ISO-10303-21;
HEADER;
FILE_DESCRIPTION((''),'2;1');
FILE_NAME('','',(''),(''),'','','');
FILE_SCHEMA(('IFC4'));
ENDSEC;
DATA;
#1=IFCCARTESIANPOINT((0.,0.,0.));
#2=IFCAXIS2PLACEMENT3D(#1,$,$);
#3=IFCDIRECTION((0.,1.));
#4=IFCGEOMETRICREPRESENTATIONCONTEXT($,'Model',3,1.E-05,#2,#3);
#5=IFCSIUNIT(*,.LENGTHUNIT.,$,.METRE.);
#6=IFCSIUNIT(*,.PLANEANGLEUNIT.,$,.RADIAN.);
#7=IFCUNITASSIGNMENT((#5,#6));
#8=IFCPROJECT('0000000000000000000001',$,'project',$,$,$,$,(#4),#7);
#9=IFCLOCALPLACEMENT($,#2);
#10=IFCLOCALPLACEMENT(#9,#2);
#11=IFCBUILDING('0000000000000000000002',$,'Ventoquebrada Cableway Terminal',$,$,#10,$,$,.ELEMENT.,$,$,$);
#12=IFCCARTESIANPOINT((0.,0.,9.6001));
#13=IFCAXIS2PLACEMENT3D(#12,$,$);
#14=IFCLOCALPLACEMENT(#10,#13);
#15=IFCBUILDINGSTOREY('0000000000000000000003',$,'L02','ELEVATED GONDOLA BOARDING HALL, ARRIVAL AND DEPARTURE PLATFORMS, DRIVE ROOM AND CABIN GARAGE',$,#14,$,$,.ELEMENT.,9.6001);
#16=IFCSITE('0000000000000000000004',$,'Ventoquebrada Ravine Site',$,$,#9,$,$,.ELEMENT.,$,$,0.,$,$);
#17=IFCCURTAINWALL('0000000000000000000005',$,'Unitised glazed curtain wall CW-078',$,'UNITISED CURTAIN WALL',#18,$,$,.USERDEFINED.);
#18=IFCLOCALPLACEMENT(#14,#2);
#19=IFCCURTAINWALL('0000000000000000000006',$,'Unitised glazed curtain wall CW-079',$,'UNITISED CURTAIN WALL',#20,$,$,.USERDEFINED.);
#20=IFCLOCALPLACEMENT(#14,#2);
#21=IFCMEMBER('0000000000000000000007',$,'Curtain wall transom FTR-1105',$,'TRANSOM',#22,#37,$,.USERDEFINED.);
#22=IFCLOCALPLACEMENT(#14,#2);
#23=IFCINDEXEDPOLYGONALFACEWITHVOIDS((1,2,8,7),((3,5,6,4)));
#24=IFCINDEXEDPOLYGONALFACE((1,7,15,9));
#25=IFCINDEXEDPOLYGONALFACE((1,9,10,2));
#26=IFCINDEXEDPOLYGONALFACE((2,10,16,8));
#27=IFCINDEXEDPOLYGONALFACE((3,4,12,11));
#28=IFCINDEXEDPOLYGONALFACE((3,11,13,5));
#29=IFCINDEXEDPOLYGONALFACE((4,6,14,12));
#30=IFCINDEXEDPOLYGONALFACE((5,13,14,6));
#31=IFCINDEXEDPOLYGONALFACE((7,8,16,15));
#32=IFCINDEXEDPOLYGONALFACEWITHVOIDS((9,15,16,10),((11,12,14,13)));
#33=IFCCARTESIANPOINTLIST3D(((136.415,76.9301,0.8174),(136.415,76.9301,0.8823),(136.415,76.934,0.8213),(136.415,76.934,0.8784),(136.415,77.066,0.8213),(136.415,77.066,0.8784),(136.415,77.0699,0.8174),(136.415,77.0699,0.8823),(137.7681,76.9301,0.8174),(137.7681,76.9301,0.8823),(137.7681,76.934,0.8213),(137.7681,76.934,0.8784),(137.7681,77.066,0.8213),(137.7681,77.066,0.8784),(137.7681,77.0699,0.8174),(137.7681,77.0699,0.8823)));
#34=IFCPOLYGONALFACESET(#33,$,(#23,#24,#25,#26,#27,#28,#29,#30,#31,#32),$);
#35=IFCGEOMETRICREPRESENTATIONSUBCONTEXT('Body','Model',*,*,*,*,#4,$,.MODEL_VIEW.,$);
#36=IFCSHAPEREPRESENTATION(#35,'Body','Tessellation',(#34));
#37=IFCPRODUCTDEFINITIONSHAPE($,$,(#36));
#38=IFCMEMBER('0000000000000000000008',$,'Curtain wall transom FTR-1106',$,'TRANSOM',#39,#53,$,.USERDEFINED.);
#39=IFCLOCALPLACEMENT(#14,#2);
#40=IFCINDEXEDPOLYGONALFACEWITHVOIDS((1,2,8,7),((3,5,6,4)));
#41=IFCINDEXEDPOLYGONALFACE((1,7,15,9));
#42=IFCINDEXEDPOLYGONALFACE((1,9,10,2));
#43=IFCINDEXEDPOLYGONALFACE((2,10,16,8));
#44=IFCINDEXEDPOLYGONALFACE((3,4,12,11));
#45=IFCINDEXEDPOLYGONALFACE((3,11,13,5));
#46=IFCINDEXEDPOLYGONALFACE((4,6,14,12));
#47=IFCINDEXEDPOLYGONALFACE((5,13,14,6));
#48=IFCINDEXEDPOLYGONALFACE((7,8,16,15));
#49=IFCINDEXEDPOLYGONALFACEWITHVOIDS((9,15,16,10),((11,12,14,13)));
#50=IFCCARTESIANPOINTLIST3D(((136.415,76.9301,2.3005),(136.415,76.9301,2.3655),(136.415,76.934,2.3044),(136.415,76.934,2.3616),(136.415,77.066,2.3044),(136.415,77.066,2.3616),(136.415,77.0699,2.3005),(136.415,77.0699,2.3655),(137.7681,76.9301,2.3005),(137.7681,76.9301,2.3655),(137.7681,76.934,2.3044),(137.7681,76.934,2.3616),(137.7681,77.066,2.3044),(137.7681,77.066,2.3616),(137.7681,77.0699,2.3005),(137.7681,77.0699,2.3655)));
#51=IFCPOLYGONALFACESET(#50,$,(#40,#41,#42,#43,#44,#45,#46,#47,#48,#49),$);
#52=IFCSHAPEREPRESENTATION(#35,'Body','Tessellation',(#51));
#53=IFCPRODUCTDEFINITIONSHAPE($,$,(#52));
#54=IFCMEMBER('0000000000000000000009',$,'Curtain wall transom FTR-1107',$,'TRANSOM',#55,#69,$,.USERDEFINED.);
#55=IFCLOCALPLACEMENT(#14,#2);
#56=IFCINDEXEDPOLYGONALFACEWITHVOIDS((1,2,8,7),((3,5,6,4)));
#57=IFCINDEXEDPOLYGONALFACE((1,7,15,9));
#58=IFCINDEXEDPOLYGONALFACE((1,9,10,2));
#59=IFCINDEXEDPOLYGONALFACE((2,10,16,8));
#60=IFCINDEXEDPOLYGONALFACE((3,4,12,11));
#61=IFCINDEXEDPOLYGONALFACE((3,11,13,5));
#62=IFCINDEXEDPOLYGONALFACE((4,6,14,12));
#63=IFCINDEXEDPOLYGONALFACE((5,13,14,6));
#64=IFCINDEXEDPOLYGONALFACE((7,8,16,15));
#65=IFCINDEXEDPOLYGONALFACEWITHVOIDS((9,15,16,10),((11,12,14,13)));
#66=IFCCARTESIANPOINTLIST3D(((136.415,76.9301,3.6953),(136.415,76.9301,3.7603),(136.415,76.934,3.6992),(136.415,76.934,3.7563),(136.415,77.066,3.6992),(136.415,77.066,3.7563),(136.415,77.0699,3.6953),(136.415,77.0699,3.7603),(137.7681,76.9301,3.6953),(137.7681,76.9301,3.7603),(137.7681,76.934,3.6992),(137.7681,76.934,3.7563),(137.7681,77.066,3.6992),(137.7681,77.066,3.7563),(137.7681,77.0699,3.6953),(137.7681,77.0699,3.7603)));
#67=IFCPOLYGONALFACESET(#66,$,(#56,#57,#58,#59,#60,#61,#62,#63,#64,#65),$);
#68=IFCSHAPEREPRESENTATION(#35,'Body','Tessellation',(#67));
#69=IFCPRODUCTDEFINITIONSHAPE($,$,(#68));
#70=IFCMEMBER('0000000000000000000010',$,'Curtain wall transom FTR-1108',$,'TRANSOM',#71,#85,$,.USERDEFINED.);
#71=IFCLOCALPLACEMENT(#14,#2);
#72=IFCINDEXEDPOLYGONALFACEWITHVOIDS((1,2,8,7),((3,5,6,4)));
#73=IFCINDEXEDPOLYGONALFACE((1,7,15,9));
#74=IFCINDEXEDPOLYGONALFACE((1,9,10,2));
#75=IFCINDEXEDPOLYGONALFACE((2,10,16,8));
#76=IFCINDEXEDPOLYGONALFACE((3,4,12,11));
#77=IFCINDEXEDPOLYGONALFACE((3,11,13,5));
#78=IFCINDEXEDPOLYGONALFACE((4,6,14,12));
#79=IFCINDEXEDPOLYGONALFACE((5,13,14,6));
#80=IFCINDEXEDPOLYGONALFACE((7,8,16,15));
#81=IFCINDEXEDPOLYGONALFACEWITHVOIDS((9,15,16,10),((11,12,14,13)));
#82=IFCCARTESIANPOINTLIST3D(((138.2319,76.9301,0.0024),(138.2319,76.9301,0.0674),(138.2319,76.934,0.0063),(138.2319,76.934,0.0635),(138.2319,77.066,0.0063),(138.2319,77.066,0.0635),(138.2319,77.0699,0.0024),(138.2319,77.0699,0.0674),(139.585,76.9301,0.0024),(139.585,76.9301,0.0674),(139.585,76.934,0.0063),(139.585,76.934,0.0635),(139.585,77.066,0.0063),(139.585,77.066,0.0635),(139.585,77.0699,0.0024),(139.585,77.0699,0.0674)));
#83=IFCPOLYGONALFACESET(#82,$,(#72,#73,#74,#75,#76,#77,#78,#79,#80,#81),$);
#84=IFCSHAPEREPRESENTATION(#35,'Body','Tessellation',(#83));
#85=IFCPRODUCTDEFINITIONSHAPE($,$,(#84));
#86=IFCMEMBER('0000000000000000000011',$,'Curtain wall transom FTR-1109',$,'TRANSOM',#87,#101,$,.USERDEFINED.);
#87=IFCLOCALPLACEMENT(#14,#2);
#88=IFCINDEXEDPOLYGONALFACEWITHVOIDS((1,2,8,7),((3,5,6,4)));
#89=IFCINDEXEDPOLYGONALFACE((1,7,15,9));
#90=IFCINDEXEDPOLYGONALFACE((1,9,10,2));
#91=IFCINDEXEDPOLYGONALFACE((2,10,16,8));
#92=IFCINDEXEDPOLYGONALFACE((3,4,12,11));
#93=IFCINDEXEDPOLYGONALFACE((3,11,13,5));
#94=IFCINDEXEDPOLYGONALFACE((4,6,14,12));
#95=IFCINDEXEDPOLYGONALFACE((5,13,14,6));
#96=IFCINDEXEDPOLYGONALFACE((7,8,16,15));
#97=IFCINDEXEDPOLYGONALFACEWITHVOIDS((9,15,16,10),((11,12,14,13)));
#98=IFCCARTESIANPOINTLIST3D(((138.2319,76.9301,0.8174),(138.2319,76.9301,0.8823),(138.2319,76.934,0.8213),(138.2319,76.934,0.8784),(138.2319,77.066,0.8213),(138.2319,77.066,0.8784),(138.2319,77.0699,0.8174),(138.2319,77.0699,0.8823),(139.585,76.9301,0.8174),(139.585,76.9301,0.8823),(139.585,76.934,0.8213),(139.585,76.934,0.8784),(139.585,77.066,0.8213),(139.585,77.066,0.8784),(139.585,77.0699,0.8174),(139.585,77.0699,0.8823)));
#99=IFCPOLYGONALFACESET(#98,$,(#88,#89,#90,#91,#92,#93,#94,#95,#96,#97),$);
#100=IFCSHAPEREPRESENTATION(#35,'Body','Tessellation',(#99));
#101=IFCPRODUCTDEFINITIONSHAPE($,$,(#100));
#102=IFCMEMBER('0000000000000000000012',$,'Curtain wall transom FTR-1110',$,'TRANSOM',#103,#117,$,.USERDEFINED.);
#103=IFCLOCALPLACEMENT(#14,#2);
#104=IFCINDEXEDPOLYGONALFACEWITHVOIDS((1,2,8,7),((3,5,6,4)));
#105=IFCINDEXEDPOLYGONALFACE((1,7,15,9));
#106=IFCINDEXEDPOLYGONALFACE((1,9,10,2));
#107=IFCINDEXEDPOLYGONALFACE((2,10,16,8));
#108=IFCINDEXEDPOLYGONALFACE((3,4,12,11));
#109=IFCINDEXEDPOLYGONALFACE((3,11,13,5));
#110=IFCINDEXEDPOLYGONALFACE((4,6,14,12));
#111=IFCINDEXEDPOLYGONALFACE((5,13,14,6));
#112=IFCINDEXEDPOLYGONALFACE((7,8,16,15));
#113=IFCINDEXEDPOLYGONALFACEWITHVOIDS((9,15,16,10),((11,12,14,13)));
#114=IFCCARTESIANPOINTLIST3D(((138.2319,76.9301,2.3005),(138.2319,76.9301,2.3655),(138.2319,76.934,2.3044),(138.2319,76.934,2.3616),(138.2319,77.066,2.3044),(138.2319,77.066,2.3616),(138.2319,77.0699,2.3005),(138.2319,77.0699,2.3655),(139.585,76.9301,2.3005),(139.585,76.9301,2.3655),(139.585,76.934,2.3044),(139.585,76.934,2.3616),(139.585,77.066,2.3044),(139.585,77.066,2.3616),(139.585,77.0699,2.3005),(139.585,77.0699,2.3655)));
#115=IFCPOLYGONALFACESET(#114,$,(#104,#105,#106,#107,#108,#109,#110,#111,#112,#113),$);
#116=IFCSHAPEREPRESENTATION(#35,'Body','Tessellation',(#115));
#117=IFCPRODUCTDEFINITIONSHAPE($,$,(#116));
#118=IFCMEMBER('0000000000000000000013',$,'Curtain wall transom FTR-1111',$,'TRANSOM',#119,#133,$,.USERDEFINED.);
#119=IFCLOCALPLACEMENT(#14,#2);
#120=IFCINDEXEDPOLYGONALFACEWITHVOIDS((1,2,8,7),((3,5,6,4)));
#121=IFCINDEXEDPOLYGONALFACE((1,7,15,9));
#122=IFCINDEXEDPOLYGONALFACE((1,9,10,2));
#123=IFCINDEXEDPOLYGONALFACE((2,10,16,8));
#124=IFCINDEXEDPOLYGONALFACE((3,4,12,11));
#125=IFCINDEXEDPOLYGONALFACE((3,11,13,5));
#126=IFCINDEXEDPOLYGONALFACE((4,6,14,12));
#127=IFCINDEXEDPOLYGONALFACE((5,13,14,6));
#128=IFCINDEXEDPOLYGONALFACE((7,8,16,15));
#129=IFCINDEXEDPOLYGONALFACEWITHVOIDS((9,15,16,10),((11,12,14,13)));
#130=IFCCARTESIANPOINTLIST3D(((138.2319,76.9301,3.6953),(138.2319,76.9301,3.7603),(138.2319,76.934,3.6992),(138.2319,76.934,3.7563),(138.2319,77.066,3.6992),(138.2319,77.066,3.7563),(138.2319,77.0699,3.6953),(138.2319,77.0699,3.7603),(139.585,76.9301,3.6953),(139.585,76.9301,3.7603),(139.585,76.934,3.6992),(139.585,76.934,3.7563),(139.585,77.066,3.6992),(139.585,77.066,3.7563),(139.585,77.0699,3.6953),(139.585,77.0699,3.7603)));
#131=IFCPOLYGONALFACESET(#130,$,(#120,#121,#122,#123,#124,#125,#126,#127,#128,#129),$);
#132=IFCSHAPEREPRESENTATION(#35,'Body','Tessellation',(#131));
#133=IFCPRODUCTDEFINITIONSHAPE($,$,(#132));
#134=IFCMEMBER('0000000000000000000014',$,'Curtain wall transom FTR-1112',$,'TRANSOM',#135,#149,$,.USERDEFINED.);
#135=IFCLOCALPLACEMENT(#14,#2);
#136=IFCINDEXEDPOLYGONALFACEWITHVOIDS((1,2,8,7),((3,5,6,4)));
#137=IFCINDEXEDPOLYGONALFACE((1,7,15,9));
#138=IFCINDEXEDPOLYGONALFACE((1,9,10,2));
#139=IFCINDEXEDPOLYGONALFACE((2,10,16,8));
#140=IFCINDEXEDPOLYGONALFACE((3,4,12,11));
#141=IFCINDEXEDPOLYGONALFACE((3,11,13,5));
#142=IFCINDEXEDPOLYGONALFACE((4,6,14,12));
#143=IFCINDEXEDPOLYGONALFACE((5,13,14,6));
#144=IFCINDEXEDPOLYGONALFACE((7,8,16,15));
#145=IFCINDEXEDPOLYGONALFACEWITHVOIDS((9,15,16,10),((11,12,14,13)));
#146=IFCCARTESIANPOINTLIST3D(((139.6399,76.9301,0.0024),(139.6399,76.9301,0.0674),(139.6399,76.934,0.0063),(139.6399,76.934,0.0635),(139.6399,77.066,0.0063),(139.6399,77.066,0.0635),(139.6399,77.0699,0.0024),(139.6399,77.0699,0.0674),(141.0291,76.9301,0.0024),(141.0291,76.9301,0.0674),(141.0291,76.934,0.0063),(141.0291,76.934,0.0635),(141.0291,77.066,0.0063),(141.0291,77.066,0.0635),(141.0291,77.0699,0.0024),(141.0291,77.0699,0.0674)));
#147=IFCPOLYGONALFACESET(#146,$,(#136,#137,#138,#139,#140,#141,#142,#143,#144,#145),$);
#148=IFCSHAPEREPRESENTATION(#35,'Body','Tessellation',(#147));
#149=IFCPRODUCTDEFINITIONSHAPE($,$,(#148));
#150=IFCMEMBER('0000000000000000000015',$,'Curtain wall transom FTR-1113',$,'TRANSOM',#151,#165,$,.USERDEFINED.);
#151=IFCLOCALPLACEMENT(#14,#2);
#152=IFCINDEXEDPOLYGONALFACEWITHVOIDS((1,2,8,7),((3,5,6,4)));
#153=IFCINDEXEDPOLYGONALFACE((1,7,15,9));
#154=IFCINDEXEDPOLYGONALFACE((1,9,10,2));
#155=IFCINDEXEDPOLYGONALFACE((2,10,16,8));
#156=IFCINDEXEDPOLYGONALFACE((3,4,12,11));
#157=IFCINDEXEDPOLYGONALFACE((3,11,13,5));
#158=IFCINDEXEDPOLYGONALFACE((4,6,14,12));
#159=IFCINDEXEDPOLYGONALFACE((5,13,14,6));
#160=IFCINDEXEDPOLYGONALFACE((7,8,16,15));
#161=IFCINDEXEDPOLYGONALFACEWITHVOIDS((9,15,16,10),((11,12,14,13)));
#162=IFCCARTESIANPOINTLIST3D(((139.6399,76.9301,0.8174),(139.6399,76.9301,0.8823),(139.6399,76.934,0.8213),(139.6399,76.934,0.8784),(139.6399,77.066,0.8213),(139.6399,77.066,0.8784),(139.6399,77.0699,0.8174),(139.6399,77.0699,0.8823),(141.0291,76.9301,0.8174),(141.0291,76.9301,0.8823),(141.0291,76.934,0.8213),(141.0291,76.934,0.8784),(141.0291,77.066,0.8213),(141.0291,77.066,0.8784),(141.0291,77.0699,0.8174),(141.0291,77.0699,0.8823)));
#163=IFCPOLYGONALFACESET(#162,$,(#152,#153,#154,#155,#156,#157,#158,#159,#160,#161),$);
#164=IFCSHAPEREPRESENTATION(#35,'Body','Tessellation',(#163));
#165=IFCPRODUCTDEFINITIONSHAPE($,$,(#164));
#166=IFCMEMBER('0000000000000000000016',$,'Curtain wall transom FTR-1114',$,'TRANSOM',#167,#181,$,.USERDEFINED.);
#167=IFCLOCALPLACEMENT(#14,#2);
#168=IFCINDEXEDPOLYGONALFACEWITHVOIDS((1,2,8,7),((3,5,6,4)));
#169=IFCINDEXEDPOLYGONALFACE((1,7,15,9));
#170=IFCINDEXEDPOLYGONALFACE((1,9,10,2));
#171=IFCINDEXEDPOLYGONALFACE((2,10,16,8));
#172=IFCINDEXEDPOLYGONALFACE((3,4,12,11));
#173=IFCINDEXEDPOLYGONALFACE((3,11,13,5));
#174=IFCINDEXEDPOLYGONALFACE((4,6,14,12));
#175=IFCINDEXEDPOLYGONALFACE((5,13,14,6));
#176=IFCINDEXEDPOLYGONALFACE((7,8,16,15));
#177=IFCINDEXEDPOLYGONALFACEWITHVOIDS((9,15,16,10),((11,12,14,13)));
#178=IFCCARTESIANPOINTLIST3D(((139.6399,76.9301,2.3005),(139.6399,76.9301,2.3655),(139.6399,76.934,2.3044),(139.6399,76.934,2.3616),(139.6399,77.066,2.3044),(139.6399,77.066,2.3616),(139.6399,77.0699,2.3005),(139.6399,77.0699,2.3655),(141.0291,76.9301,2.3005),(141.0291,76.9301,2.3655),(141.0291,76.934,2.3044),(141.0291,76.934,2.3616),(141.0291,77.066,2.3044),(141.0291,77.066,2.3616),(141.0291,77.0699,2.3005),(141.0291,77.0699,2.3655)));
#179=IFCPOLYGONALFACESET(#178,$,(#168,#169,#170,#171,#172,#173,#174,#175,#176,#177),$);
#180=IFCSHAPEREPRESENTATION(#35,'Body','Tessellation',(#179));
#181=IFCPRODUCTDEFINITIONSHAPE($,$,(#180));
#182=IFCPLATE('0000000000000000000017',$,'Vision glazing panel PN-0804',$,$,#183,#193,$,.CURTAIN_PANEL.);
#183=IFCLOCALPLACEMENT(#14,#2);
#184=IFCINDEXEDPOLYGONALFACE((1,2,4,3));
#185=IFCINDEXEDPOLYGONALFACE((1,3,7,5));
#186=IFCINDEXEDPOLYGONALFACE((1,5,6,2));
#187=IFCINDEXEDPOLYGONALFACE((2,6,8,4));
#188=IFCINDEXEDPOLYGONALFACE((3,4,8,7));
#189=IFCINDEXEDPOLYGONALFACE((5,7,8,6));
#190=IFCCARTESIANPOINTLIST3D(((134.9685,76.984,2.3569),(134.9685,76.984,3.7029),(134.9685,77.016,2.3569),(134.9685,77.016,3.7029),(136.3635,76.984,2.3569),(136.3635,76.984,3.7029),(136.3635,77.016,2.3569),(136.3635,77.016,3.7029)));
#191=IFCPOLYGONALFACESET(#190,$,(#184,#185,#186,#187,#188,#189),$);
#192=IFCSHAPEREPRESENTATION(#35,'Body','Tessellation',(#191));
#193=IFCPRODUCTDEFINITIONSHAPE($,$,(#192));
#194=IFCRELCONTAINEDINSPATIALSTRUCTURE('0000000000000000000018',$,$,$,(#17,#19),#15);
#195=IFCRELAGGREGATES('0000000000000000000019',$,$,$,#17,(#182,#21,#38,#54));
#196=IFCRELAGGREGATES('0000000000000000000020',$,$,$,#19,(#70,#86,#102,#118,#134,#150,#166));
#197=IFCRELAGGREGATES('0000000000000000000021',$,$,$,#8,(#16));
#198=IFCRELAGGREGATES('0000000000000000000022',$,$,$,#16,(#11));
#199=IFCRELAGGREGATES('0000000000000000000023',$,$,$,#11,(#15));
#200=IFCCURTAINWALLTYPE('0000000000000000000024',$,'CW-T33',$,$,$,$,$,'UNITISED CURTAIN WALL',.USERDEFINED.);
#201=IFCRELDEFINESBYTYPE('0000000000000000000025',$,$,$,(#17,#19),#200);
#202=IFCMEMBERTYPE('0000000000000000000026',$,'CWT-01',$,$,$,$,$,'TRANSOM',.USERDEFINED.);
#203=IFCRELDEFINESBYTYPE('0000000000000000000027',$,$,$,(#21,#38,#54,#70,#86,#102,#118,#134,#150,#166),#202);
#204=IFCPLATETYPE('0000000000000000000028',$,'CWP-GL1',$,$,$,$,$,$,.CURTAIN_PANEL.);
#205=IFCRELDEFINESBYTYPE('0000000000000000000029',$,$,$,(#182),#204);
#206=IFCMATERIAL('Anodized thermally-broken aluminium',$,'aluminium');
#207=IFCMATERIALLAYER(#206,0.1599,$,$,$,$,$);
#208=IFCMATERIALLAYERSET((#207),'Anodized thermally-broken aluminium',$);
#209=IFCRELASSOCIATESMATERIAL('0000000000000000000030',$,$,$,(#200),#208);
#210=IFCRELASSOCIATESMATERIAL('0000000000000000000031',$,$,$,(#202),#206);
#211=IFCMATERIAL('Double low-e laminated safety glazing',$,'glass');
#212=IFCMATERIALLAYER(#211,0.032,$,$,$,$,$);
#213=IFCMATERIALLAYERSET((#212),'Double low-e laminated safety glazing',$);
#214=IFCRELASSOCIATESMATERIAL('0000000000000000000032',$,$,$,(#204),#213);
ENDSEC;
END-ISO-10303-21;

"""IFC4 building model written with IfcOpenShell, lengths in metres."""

from ifc_helpers import new_model, si_unit, direction, frame, origin, origin_2d, place, context, subcontext, project, spatial, rectangle, hollow_rectangle, extrude, material, layer, layer_set, material_profile, profile_set, type_object, element, aggregate, save


model = new_model("IFC4")

# Units and contexts
model_context = context("Model", 3, precision=1e-05, world=origin(), true_north=direction((0.0, 1.0)))
body_context = subcontext(model_context, "Body", "Model", "MODEL_VIEW")
ifc_project = project(units=[si_unit("LENGTHUNIT", "METRE"), si_unit("PLANEANGLEUNIT", "RADIAN")], contexts=[model_context])

# Site, building, storey
site_placement = place(None, origin())
site = spatial("IfcSite", under=ifc_project, at=site_placement, Name="Ventoquebrada Ravine Site", CompositionType="ELEMENT", RefElevation=0.0)
building_placement = place(site_placement, origin())
building = spatial("IfcBuilding", under=site, at=building_placement, Name="Ventoquebrada Cableway Terminal", CompositionType="ELEMENT")
storey_placement = place(building_placement, frame((0.0, 0.0, 9.6001)))
storey = spatial("IfcBuildingStorey", under=building, at=storey_placement, Name="L02", Description="ELEVATED GONDOLA BOARDING HALL, ARRIVAL AND DEPARTURE PLATFORMS, DRIVE ROOM AND CABIN GARAGE", CompositionType="ELEMENT", Elevation=9.6001)

# Curtain walls
ifc_material_1 = material(Name="Anodized thermally-broken aluminium", Category="aluminium")
ifc_layer_1 = layer(ifc_material_1, 0.1599)
ifc_layer_set_1 = layer_set([ifc_layer_1], Name="Anodized thermally-broken aluminium")
curtain_wall_type = type_object("IfcCurtainWallType", Name="CW-T33", ElementType="UNITISED CURTAIN WALL", PredefinedType="USERDEFINED", material=ifc_layer_set_1)
curtain_wall_1_placement = place(storey_placement, origin())
curtain_wall_1 = element("IfcCurtainWall", 1, at=curtain_wall_1_placement, inside=storey, type_object=curtain_wall_type, Name="Unitised glazed curtain wall CW-078", ObjectType="UNITISED CURTAIN WALL", PredefinedType="USERDEFINED")
curtain_wall_2_placement = place(storey_placement, origin())
curtain_wall_2 = element("IfcCurtainWall", 2, at=curtain_wall_2_placement, inside=storey, type_object=curtain_wall_type, Name="Unitised glazed curtain wall CW-079", ObjectType="UNITISED CURTAIN WALL", PredefinedType="USERDEFINED")

# Members
ifc_material_profile_1 = material_profile(ifc_material_1, hollow_rectangle(XDim=0.0649, YDim=0.1399, WallThickness=0.0039, at=origin_2d()), Name="CW-TRN-65X140")
ifc_profile_set_1 = profile_set([ifc_material_profile_1], Name="Anodized thermally-broken aluminium")
member_type_1 = type_object("IfcMemberType", Name="CWT-01", ElementType="TRANSOM", PredefinedType="USERDEFINED", material=ifc_profile_set_1)
member_1_placement = place(storey_placement, frame((136.415, 77.0, 0.8499), z_axis=(1.0, 0.0, 0.0), x_axis=(0.0, 0.0, 1.0)))
member_1 = element("IfcMember", 3, at=member_1_placement, type_object=member_type_1, Name="Curtain wall transom FTR-1105", ObjectType="TRANSOM", PredefinedType="USERDEFINED", context=body_context, shape_type="SweptSolid", body=[
    extrude(hollow_rectangle(XDim=0.0649, YDim=0.1399, WallThickness=0.0039, at=origin_2d()), origin(), (0.0, 0.0, 1.0), 1.353),
])
member_2_placement = place(storey_placement, frame((136.415, 77.0, 2.333), z_axis=(1.0, 0.0, 0.0), x_axis=(0.0, 0.0, 1.0)))
member_2 = element("IfcMember", 4, at=member_2_placement, type_object=member_type_1, Name="Curtain wall transom FTR-1106", ObjectType="TRANSOM", PredefinedType="USERDEFINED", context=body_context, shape_type="SweptSolid", body=[
    extrude(hollow_rectangle(XDim=0.0649, YDim=0.1399, WallThickness=0.0039, at=origin_2d()), origin(), (0.0, 0.0, 1.0), 1.353),
])
member_3_placement = place(storey_placement, frame((136.415, 77.0, 3.7278), z_axis=(1.0, 0.0, 0.0), x_axis=(0.0, 0.0, 1.0)))
member_3 = element("IfcMember", 5, at=member_3_placement, type_object=member_type_1, Name="Curtain wall transom FTR-1107", ObjectType="TRANSOM", PredefinedType="USERDEFINED", context=body_context, shape_type="SweptSolid", body=[
    extrude(hollow_rectangle(XDim=0.0649, YDim=0.1399, WallThickness=0.0039, at=origin_2d()), origin(), (0.0, 0.0, 1.0), 1.353),
])
member_4_placement = place(storey_placement, frame((138.2319, 77.0, 0.0349), z_axis=(1.0, 0.0, 0.0), x_axis=(0.0, 0.0, 1.0)))
member_4 = element("IfcMember", 6, at=member_4_placement, type_object=member_type_1, Name="Curtain wall transom FTR-1108", ObjectType="TRANSOM", PredefinedType="USERDEFINED", context=body_context, shape_type="SweptSolid", body=[
    extrude(hollow_rectangle(XDim=0.0649, YDim=0.1399, WallThickness=0.0039, at=origin_2d()), origin(), (0.0, 0.0, 1.0), 1.353),
])
member_5_placement = place(storey_placement, frame((138.2319, 77.0, 0.8499), z_axis=(1.0, 0.0, 0.0), x_axis=(0.0, 0.0, 1.0)))
member_5 = element("IfcMember", 7, at=member_5_placement, type_object=member_type_1, Name="Curtain wall transom FTR-1109", ObjectType="TRANSOM", PredefinedType="USERDEFINED", context=body_context, shape_type="SweptSolid", body=[
    extrude(hollow_rectangle(XDim=0.0649, YDim=0.1399, WallThickness=0.0039, at=origin_2d()), origin(), (0.0, 0.0, 1.0), 1.353),
])
member_6_placement = place(storey_placement, frame((138.2319, 77.0, 2.333), z_axis=(1.0, 0.0, 0.0), x_axis=(0.0, 0.0, 1.0)))
member_6 = element("IfcMember", 8, at=member_6_placement, type_object=member_type_1, Name="Curtain wall transom FTR-1110", ObjectType="TRANSOM", PredefinedType="USERDEFINED", context=body_context, shape_type="SweptSolid", body=[
    extrude(hollow_rectangle(XDim=0.0649, YDim=0.1399, WallThickness=0.0039, at=origin_2d()), origin(), (0.0, 0.0, 1.0), 1.353),
])
member_7_placement = place(storey_placement, frame((138.2319, 77.0, 3.7278), z_axis=(1.0, 0.0, 0.0), x_axis=(0.0, 0.0, 1.0)))
member_7 = element("IfcMember", 9, at=member_7_placement, type_object=member_type_1, Name="Curtain wall transom FTR-1111", ObjectType="TRANSOM", PredefinedType="USERDEFINED", context=body_context, shape_type="SweptSolid", body=[
    extrude(hollow_rectangle(XDim=0.0649, YDim=0.1399, WallThickness=0.0039, at=origin_2d()), origin(), (0.0, 0.0, 1.0), 1.353),
])
member_8_placement = place(storey_placement, frame((139.6399, 77.0, 0.0349), z_axis=(1.0, 0.0, 0.0), x_axis=(0.0, 0.0, 1.0)))
member_8 = element("IfcMember", 10, at=member_8_placement, type_object=member_type_1, Name="Curtain wall transom FTR-1112", ObjectType="TRANSOM", PredefinedType="USERDEFINED", context=body_context, shape_type="SweptSolid", body=[
    extrude(hollow_rectangle(XDim=0.0649, YDim=0.1399, WallThickness=0.0039, at=origin_2d()), origin(), (0.0, 0.0, 1.0), 1.3892),
])
member_9_placement = place(storey_placement, frame((139.6399, 77.0, 0.8499), z_axis=(1.0, 0.0, 0.0), x_axis=(0.0, 0.0, 1.0)))
member_9 = element("IfcMember", 11, at=member_9_placement, type_object=member_type_1, Name="Curtain wall transom FTR-1113", ObjectType="TRANSOM", PredefinedType="USERDEFINED", context=body_context, shape_type="SweptSolid", body=[
    extrude(hollow_rectangle(XDim=0.0649, YDim=0.1399, WallThickness=0.0039, at=origin_2d()), origin(), (0.0, 0.0, 1.0), 1.3892),
])
member_10_placement = place(storey_placement, frame((139.6399, 77.0, 2.333), z_axis=(1.0, 0.0, 0.0), x_axis=(0.0, 0.0, 1.0)))
member_10 = element("IfcMember", 12, at=member_10_placement, type_object=member_type_1, Name="Curtain wall transom FTR-1114", ObjectType="TRANSOM", PredefinedType="USERDEFINED", context=body_context, shape_type="SweptSolid", body=[
    extrude(hollow_rectangle(XDim=0.0649, YDim=0.1399, WallThickness=0.0039, at=origin_2d()), origin(), (0.0, 0.0, 1.0), 1.3892),
])

# Plate
ifc_material_2 = material(Name="Double low-e laminated safety glazing", Category="glass")
ifc_layer_2 = layer(ifc_material_2, 0.032)
ifc_layer_set_2 = layer_set([ifc_layer_2], Name="Double low-e laminated safety glazing")
plate_type_1 = type_object("IfcPlateType", Name="CWP-GL1", PredefinedType="CURTAIN_PANEL", material=ifc_layer_set_2)
plate_1_placement = place(storey_placement, frame((135.666, 77.0, 2.3569), z_axis=(0.0, 0.0, 1.0), x_axis=(1.0, 0.0, 0.0)))
plate_1 = element("IfcPlate", 13, at=plate_1_placement, type_object=plate_type_1, Name="Vision glazing panel PN-0804", PredefinedType="CURTAIN_PANEL", context=body_context, shape_type="SweptSolid", body=[
    extrude(rectangle(XDim=1.395, YDim=0.032, at=origin_2d()), origin(), (0.0, 0.0, 1.0), 1.3459),
])
aggregate(curtain_wall_1, [plate_1, member_1, member_2, member_3])
aggregate(curtain_wall_2, [member_4, member_5, member_6, member_7, member_8, member_9, member_10])

save(model, "model.ifc")
